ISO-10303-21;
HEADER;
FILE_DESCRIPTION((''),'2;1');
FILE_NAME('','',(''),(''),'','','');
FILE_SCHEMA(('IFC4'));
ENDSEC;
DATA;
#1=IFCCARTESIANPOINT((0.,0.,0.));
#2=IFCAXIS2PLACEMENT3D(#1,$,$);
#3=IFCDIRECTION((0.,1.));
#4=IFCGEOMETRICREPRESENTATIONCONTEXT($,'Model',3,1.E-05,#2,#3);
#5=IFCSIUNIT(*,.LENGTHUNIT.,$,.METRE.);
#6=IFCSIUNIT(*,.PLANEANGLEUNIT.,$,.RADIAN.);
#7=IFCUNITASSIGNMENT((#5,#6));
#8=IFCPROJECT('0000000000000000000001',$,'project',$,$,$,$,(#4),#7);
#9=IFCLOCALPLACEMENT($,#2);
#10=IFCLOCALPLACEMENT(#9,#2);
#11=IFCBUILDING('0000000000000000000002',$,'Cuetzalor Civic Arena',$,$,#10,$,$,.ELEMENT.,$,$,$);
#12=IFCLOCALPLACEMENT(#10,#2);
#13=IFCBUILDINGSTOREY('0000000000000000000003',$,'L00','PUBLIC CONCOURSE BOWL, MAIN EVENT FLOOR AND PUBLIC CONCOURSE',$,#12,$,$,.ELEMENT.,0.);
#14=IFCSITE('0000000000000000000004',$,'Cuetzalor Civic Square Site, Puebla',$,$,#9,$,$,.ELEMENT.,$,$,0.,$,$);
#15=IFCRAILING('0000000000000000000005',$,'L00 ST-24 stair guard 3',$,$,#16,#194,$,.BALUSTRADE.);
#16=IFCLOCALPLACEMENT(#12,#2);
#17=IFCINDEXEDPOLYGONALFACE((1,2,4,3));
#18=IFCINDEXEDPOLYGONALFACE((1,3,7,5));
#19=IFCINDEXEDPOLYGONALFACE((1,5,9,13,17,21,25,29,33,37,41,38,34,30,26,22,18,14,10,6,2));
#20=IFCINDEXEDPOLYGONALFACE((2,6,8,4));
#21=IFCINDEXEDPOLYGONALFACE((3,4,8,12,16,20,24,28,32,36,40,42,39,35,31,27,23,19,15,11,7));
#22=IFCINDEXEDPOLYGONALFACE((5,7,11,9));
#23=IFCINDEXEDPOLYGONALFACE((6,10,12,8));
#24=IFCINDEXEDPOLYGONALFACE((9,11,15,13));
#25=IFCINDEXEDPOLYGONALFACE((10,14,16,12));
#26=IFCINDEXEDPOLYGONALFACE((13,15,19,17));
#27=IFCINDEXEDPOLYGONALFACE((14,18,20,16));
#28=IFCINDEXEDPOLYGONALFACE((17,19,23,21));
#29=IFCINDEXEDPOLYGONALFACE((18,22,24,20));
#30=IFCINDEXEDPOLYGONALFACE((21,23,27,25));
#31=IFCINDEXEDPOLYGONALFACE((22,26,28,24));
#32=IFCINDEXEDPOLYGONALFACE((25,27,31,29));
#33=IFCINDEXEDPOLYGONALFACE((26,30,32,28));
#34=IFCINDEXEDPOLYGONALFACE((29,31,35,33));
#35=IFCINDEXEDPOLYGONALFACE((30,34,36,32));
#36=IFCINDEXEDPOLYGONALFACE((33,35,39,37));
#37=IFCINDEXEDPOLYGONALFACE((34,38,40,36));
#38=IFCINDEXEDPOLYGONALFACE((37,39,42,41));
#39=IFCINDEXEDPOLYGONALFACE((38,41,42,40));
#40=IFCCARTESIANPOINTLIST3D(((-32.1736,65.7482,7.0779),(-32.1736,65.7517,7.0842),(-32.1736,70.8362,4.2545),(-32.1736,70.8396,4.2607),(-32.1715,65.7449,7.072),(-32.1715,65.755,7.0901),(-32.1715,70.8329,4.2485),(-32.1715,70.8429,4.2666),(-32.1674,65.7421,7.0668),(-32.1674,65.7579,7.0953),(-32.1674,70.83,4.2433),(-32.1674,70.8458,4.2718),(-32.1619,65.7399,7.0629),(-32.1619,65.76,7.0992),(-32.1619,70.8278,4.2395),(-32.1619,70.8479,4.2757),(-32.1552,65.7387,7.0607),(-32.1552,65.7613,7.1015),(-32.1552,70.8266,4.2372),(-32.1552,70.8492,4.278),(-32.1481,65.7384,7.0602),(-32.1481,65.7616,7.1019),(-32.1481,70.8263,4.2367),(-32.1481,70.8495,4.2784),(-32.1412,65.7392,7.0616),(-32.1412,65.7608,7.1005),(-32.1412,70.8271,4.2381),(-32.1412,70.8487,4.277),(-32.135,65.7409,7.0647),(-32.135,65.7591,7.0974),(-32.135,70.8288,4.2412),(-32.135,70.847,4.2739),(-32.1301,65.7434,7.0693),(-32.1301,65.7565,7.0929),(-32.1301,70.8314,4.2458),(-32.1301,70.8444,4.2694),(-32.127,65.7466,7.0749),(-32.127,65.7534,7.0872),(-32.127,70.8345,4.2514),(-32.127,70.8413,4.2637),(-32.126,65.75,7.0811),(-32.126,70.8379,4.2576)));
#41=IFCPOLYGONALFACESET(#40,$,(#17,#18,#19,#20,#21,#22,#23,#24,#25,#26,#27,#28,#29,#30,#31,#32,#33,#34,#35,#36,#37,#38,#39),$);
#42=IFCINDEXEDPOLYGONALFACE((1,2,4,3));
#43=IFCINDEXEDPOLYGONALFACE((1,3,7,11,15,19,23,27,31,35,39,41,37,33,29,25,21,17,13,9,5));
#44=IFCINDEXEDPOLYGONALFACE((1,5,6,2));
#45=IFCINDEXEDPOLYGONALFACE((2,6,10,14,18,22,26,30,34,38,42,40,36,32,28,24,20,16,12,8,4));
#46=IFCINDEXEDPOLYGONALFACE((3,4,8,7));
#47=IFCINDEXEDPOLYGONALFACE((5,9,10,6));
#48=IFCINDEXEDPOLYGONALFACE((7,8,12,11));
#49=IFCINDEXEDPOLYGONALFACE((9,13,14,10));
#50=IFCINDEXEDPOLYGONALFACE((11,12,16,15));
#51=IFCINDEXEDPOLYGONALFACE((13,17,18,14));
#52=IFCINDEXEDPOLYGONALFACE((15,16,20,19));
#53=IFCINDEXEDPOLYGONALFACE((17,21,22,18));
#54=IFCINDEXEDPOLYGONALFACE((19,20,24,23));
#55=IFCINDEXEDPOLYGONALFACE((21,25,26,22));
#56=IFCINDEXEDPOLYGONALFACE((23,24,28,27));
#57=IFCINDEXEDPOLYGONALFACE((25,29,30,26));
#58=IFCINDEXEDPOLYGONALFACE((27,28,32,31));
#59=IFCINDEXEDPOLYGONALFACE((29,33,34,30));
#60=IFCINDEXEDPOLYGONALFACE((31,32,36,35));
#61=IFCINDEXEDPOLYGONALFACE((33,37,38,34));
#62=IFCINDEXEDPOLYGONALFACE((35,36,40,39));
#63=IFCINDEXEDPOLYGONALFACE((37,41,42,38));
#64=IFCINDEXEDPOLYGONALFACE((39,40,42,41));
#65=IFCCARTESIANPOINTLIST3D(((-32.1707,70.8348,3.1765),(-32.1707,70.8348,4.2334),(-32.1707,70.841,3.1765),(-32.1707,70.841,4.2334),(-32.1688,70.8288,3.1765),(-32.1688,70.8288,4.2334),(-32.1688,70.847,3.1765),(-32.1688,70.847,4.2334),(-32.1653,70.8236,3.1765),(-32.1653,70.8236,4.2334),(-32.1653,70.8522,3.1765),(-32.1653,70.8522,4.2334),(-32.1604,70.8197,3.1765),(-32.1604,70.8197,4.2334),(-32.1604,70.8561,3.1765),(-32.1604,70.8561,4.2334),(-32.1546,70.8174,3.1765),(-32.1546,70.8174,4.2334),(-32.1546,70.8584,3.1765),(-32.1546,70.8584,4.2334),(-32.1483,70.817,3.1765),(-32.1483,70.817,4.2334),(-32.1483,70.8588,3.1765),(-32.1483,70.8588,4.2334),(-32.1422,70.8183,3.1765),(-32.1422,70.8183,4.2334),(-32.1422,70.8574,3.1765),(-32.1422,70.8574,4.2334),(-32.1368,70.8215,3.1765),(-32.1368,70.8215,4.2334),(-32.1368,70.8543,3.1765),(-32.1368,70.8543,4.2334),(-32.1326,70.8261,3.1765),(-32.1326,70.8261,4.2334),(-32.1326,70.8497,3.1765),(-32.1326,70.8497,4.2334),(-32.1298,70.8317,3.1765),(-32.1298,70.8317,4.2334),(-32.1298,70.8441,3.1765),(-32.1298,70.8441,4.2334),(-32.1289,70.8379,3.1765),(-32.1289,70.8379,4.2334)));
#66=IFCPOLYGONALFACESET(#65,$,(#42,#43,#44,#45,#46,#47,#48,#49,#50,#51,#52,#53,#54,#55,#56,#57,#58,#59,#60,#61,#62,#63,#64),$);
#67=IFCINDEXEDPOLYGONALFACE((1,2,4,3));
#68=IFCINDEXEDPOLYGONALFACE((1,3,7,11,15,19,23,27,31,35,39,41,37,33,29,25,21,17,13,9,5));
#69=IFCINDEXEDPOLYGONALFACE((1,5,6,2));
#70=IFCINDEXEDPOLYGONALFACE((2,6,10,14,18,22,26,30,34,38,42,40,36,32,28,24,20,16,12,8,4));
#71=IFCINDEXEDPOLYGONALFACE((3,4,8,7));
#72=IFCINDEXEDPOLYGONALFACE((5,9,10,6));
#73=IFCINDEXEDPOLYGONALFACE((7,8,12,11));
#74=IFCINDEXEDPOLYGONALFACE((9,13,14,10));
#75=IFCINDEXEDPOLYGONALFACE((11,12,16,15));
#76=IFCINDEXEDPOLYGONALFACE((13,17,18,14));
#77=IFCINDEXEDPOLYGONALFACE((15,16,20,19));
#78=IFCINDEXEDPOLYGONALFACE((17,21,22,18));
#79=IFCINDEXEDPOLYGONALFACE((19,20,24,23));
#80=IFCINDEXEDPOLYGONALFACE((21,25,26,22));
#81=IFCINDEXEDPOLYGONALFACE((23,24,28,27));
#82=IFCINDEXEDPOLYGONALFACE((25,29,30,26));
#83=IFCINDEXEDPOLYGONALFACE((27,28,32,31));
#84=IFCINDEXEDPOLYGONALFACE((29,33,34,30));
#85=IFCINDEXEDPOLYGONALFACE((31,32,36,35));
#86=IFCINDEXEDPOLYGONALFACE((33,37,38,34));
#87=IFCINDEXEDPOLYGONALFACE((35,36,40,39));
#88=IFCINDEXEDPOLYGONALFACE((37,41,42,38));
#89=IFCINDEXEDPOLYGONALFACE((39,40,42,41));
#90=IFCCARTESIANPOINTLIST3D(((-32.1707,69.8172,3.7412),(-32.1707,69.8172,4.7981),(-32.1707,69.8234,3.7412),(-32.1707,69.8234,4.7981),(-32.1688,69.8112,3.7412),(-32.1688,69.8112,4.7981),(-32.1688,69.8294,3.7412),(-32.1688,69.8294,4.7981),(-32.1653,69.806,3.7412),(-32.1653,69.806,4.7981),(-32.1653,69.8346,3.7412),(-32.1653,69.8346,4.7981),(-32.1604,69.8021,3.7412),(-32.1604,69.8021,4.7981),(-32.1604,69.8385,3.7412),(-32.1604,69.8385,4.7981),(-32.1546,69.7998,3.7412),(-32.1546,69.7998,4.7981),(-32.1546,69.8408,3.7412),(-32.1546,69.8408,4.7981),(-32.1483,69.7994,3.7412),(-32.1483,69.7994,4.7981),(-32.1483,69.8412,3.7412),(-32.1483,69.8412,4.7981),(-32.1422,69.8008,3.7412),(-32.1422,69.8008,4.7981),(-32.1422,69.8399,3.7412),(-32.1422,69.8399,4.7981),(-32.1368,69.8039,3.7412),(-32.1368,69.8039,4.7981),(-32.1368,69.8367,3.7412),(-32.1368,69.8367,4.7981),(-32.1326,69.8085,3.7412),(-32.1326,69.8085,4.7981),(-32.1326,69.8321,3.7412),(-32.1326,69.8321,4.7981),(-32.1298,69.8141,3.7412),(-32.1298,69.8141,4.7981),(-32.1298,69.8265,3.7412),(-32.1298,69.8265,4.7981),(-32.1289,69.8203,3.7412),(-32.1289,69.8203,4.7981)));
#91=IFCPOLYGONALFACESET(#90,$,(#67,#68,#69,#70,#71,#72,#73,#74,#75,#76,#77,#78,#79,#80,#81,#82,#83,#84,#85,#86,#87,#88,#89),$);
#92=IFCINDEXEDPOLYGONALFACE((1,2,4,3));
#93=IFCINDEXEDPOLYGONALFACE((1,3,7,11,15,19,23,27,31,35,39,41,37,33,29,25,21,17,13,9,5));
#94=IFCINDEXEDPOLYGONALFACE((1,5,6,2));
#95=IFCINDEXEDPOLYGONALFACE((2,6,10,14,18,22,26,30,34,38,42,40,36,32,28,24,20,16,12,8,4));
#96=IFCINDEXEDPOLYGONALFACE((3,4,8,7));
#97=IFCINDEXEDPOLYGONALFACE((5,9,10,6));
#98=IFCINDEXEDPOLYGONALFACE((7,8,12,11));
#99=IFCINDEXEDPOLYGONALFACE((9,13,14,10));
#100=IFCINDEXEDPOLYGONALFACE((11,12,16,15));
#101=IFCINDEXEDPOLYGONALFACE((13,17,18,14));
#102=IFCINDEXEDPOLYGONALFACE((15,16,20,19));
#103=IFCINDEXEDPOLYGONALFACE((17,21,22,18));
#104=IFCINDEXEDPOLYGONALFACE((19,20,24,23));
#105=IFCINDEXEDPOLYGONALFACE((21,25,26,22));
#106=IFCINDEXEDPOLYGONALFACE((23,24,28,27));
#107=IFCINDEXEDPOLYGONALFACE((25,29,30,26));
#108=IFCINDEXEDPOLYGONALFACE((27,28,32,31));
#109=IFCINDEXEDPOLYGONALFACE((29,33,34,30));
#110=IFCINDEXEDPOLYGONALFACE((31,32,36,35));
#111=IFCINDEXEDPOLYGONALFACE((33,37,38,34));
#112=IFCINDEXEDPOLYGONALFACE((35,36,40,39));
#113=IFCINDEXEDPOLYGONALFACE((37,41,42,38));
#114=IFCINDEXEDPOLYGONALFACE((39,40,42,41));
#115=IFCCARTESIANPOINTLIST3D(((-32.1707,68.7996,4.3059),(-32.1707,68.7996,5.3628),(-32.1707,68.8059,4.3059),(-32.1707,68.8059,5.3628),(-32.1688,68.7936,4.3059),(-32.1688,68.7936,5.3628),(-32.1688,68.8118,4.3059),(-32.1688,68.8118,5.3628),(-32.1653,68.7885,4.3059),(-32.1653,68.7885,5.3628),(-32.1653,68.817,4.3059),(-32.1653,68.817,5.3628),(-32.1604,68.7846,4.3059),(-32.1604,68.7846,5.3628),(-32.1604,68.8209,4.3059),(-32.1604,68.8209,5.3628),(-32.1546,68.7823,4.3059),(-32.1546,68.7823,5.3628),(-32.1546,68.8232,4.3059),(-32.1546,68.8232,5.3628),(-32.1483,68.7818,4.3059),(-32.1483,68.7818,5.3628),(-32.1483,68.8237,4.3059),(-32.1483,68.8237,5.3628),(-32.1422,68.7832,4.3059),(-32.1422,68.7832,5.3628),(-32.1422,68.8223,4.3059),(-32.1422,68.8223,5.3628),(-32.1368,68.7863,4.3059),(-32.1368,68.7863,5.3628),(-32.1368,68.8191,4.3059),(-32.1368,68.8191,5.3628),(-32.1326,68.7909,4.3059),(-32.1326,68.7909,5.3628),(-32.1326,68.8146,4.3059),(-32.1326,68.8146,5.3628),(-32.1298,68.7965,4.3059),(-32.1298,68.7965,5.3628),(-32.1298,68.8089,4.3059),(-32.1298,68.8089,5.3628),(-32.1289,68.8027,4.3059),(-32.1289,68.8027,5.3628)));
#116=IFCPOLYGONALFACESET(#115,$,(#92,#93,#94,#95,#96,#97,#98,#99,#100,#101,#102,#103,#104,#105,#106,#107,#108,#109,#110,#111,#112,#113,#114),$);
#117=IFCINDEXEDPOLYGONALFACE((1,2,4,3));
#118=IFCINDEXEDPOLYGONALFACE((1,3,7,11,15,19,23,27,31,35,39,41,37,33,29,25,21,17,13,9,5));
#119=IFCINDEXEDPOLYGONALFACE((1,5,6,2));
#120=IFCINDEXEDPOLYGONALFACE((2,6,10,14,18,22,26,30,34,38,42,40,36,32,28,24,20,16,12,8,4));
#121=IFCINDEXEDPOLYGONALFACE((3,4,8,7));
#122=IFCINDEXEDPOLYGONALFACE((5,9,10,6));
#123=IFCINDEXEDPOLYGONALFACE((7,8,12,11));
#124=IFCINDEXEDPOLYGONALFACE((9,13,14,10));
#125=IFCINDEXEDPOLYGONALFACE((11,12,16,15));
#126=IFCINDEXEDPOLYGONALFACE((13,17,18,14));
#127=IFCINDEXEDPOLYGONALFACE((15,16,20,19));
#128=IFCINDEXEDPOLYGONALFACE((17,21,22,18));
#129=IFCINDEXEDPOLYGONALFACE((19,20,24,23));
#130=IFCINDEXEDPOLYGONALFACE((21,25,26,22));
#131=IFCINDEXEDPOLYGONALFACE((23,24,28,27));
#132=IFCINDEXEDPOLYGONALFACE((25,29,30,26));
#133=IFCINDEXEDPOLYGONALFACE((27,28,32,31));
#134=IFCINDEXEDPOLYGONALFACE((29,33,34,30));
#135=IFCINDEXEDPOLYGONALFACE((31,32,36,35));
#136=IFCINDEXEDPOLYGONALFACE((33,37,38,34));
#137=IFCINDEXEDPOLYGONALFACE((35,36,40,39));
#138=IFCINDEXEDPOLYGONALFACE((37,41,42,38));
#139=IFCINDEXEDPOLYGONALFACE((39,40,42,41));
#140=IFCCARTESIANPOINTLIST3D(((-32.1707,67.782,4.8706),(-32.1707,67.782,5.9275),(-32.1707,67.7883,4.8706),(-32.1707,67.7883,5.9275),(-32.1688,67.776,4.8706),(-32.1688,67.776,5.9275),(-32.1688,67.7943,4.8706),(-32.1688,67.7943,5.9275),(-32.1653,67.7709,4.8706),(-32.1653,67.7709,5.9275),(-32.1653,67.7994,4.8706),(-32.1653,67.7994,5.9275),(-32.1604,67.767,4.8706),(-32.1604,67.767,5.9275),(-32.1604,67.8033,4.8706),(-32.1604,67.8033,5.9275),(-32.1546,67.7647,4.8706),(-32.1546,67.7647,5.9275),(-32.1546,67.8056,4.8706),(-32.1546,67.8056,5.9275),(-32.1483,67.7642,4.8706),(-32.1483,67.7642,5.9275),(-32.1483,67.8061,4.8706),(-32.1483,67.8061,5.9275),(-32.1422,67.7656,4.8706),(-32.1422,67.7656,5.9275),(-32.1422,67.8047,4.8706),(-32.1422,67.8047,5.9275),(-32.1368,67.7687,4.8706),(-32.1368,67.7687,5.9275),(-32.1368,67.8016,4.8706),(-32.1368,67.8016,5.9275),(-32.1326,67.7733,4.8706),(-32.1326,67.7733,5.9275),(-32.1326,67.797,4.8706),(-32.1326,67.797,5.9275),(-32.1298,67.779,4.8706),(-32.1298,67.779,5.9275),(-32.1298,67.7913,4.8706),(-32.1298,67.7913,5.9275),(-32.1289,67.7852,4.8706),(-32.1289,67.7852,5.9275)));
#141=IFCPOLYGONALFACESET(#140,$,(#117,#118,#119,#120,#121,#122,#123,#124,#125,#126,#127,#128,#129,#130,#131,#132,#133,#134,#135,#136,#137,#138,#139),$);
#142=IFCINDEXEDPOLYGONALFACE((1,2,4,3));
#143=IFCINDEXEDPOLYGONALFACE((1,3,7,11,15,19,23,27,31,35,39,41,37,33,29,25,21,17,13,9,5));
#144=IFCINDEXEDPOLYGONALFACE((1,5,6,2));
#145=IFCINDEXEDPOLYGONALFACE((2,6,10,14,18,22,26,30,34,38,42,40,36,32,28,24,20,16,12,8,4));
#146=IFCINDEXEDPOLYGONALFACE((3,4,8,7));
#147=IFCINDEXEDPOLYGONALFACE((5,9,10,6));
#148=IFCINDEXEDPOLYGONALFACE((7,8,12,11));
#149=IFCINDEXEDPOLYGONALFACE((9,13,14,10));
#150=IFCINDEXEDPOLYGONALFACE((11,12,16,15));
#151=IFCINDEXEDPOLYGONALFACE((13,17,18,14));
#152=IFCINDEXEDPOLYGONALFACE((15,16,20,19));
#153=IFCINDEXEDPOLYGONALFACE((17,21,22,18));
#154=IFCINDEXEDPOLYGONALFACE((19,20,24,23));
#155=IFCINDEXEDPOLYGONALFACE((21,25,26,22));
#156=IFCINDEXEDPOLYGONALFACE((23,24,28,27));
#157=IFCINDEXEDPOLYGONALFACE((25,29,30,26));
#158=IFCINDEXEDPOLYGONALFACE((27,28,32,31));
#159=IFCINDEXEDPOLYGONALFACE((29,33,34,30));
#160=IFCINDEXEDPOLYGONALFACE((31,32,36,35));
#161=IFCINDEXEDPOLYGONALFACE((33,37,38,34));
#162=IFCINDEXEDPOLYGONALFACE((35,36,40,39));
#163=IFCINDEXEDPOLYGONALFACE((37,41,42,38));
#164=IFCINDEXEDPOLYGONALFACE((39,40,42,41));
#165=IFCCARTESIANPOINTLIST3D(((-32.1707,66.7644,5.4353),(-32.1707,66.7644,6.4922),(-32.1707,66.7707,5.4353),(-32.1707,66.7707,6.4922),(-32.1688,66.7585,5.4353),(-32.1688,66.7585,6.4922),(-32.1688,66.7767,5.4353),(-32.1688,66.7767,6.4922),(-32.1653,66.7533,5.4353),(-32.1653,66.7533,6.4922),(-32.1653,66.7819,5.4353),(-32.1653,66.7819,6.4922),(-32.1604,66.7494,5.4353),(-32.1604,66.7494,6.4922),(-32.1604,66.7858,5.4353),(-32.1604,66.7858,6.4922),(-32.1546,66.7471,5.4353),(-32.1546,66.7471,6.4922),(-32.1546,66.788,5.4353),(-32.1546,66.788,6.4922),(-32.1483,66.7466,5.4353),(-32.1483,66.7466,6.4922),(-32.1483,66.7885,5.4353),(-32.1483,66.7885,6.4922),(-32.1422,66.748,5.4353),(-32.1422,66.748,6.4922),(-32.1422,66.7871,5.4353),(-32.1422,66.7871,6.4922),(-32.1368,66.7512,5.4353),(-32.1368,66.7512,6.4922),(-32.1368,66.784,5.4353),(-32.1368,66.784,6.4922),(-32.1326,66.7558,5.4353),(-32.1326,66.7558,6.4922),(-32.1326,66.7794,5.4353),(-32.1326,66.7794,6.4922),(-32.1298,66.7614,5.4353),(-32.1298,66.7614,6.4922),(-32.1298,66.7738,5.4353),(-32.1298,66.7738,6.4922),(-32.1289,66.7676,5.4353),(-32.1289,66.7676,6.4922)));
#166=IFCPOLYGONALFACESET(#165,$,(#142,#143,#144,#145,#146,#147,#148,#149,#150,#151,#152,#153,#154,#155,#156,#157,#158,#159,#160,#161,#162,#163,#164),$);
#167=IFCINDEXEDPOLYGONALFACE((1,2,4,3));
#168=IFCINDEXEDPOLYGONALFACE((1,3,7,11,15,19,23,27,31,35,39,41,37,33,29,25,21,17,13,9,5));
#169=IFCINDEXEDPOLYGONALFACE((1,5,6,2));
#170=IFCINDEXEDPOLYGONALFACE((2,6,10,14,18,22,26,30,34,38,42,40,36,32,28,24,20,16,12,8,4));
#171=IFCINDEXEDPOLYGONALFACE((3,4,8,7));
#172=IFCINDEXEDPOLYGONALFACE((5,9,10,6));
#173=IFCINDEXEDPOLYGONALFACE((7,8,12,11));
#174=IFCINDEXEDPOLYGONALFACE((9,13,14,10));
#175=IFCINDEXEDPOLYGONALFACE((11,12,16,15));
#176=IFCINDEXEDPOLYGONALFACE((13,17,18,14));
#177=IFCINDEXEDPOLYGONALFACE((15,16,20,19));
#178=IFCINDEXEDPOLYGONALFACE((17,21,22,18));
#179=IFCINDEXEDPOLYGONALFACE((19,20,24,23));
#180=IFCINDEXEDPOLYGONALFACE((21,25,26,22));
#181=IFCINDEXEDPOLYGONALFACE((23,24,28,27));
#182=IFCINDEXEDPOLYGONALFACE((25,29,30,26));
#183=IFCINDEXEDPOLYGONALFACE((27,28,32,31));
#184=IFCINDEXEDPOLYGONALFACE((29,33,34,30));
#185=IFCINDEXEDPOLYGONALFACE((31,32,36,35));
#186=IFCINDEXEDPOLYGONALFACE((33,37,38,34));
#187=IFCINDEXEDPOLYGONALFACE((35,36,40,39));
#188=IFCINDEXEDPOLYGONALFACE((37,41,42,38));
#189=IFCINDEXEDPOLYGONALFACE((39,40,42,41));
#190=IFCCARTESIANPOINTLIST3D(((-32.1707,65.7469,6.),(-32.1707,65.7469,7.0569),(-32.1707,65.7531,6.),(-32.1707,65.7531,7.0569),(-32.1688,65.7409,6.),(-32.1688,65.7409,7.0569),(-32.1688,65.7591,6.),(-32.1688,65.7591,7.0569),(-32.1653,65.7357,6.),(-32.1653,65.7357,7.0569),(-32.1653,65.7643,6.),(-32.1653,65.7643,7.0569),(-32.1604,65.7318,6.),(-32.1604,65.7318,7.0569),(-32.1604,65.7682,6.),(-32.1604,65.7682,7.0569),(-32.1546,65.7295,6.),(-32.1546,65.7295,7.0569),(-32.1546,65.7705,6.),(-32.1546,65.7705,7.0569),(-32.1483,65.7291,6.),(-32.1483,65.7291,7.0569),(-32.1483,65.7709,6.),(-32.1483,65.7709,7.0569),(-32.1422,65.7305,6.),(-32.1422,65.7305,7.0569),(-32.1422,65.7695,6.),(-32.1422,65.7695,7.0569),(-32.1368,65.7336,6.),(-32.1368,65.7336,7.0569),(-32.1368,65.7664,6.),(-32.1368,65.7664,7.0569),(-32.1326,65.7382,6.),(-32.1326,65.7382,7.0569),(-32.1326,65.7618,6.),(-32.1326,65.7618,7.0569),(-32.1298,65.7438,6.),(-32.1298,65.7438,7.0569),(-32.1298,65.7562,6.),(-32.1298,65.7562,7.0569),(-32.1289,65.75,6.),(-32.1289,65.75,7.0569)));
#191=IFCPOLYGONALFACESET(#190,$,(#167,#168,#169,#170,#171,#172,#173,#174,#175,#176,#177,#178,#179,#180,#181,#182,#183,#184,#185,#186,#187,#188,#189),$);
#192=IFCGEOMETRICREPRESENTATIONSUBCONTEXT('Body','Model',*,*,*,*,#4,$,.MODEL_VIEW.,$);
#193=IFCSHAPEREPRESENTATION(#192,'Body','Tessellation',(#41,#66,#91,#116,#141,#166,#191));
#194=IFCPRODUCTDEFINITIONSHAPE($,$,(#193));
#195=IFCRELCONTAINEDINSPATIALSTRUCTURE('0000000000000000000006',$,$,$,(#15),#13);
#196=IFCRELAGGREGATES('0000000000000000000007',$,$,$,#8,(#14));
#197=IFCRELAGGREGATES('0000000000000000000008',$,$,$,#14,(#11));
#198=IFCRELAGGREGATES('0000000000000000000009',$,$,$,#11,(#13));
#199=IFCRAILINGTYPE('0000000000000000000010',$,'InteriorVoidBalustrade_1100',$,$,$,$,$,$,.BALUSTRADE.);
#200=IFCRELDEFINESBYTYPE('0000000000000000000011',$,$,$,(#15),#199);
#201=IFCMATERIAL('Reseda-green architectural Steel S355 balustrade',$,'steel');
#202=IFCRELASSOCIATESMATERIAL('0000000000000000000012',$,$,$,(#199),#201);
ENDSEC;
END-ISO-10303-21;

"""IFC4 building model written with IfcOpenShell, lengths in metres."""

from ifc_helpers import new_model, si_unit, direction, frame, origin, origin_2d, place, context, subcontext, project, spatial, circle, extrude, material, type_object, element, save


model = new_model("IFC4")

# Units and contexts
model_context = context("Model", 3, precision=1e-05, world=origin(), true_north=direction((0.0, 1.0)))
body_context = subcontext(model_context, "Body", "Model", "MODEL_VIEW")
ifc_project = project(units=[si_unit("LENGTHUNIT", "METRE"), si_unit("PLANEANGLEUNIT", "RADIAN")], contexts=[model_context])

# Site, building, storey
site_placement = place(None, origin())
site = spatial("IfcSite", under=ifc_project, at=site_placement, Name="Cuetzalor Civic Square Site, Puebla", CompositionType="ELEMENT", RefElevation=0.0)
building_placement = place(site_placement, origin())
building = spatial("IfcBuilding", under=site, at=building_placement, Name="Cuetzalor Civic Arena", CompositionType="ELEMENT")
storey_placement = place(building_placement, origin())
storey = spatial("IfcBuildingStorey", under=building, at=storey_placement, Name="L00", Description="PUBLIC CONCOURSE BOWL, MAIN EVENT FLOOR AND PUBLIC CONCOURSE", CompositionType="ELEMENT", Elevation=0.0)

# Railing
ifc_material_1 = material(Name="Reseda-green architectural Steel S355 balustrade", Category="steel")
railing_type_1 = type_object("IfcRailingType", Name="InteriorVoidBalustrade_1100", PredefinedType="BALUSTRADE", material=ifc_material_1)
railing_1_placement = place(storey_placement, frame((-32.1499, 70.8379, 3.1765)))
element("IfcRailing", 1, at=railing_1_placement, inside=storey, type_object=railing_type_1, Name="L00 ST-24 stair guard 3", PredefinedType="BALUSTRADE", context=body_context, shape_type="SweptSolid", body=[
    extrude(circle(Radius=0.0239, at=origin_2d()), frame((0.0, 0.0, 1.0811), z_axis=(0.0, -0.874385, 0.485233), x_axis=(1.0, 0.0, 0.0)), (0.0, 0.0, 1.0), 5.8188),
    extrude(circle(Radius=0.021, at=origin_2d()), origin(), (0.0, 0.0, 1.0), 1.0569),
    extrude(circle(Radius=0.021, at=origin_2d()), frame((0.0, -1.0176, 0.5647)), (0.0, 0.0, 1.0), 1.0569),
    extrude(circle(Radius=0.021, at=origin_2d()), frame((0.0, -2.0352, 1.1294)), (0.0, 0.0, 1.0), 1.0569),
    extrude(circle(Radius=0.021, at=origin_2d()), frame((0.0, -3.0527, 1.6941)), (0.0, 0.0, 1.0), 1.0569),
    extrude(circle(Radius=0.021, at=origin_2d()), frame((0.0, -4.0703, 2.2588)), (0.0, 0.0, 1.0), 1.0569),
    extrude(circle(Radius=0.021, at=origin_2d()), frame((0.0, -5.0879, 2.8235)), (0.0, 0.0, 1.0), 1.0569),
])

save(model, "model.ifc")
